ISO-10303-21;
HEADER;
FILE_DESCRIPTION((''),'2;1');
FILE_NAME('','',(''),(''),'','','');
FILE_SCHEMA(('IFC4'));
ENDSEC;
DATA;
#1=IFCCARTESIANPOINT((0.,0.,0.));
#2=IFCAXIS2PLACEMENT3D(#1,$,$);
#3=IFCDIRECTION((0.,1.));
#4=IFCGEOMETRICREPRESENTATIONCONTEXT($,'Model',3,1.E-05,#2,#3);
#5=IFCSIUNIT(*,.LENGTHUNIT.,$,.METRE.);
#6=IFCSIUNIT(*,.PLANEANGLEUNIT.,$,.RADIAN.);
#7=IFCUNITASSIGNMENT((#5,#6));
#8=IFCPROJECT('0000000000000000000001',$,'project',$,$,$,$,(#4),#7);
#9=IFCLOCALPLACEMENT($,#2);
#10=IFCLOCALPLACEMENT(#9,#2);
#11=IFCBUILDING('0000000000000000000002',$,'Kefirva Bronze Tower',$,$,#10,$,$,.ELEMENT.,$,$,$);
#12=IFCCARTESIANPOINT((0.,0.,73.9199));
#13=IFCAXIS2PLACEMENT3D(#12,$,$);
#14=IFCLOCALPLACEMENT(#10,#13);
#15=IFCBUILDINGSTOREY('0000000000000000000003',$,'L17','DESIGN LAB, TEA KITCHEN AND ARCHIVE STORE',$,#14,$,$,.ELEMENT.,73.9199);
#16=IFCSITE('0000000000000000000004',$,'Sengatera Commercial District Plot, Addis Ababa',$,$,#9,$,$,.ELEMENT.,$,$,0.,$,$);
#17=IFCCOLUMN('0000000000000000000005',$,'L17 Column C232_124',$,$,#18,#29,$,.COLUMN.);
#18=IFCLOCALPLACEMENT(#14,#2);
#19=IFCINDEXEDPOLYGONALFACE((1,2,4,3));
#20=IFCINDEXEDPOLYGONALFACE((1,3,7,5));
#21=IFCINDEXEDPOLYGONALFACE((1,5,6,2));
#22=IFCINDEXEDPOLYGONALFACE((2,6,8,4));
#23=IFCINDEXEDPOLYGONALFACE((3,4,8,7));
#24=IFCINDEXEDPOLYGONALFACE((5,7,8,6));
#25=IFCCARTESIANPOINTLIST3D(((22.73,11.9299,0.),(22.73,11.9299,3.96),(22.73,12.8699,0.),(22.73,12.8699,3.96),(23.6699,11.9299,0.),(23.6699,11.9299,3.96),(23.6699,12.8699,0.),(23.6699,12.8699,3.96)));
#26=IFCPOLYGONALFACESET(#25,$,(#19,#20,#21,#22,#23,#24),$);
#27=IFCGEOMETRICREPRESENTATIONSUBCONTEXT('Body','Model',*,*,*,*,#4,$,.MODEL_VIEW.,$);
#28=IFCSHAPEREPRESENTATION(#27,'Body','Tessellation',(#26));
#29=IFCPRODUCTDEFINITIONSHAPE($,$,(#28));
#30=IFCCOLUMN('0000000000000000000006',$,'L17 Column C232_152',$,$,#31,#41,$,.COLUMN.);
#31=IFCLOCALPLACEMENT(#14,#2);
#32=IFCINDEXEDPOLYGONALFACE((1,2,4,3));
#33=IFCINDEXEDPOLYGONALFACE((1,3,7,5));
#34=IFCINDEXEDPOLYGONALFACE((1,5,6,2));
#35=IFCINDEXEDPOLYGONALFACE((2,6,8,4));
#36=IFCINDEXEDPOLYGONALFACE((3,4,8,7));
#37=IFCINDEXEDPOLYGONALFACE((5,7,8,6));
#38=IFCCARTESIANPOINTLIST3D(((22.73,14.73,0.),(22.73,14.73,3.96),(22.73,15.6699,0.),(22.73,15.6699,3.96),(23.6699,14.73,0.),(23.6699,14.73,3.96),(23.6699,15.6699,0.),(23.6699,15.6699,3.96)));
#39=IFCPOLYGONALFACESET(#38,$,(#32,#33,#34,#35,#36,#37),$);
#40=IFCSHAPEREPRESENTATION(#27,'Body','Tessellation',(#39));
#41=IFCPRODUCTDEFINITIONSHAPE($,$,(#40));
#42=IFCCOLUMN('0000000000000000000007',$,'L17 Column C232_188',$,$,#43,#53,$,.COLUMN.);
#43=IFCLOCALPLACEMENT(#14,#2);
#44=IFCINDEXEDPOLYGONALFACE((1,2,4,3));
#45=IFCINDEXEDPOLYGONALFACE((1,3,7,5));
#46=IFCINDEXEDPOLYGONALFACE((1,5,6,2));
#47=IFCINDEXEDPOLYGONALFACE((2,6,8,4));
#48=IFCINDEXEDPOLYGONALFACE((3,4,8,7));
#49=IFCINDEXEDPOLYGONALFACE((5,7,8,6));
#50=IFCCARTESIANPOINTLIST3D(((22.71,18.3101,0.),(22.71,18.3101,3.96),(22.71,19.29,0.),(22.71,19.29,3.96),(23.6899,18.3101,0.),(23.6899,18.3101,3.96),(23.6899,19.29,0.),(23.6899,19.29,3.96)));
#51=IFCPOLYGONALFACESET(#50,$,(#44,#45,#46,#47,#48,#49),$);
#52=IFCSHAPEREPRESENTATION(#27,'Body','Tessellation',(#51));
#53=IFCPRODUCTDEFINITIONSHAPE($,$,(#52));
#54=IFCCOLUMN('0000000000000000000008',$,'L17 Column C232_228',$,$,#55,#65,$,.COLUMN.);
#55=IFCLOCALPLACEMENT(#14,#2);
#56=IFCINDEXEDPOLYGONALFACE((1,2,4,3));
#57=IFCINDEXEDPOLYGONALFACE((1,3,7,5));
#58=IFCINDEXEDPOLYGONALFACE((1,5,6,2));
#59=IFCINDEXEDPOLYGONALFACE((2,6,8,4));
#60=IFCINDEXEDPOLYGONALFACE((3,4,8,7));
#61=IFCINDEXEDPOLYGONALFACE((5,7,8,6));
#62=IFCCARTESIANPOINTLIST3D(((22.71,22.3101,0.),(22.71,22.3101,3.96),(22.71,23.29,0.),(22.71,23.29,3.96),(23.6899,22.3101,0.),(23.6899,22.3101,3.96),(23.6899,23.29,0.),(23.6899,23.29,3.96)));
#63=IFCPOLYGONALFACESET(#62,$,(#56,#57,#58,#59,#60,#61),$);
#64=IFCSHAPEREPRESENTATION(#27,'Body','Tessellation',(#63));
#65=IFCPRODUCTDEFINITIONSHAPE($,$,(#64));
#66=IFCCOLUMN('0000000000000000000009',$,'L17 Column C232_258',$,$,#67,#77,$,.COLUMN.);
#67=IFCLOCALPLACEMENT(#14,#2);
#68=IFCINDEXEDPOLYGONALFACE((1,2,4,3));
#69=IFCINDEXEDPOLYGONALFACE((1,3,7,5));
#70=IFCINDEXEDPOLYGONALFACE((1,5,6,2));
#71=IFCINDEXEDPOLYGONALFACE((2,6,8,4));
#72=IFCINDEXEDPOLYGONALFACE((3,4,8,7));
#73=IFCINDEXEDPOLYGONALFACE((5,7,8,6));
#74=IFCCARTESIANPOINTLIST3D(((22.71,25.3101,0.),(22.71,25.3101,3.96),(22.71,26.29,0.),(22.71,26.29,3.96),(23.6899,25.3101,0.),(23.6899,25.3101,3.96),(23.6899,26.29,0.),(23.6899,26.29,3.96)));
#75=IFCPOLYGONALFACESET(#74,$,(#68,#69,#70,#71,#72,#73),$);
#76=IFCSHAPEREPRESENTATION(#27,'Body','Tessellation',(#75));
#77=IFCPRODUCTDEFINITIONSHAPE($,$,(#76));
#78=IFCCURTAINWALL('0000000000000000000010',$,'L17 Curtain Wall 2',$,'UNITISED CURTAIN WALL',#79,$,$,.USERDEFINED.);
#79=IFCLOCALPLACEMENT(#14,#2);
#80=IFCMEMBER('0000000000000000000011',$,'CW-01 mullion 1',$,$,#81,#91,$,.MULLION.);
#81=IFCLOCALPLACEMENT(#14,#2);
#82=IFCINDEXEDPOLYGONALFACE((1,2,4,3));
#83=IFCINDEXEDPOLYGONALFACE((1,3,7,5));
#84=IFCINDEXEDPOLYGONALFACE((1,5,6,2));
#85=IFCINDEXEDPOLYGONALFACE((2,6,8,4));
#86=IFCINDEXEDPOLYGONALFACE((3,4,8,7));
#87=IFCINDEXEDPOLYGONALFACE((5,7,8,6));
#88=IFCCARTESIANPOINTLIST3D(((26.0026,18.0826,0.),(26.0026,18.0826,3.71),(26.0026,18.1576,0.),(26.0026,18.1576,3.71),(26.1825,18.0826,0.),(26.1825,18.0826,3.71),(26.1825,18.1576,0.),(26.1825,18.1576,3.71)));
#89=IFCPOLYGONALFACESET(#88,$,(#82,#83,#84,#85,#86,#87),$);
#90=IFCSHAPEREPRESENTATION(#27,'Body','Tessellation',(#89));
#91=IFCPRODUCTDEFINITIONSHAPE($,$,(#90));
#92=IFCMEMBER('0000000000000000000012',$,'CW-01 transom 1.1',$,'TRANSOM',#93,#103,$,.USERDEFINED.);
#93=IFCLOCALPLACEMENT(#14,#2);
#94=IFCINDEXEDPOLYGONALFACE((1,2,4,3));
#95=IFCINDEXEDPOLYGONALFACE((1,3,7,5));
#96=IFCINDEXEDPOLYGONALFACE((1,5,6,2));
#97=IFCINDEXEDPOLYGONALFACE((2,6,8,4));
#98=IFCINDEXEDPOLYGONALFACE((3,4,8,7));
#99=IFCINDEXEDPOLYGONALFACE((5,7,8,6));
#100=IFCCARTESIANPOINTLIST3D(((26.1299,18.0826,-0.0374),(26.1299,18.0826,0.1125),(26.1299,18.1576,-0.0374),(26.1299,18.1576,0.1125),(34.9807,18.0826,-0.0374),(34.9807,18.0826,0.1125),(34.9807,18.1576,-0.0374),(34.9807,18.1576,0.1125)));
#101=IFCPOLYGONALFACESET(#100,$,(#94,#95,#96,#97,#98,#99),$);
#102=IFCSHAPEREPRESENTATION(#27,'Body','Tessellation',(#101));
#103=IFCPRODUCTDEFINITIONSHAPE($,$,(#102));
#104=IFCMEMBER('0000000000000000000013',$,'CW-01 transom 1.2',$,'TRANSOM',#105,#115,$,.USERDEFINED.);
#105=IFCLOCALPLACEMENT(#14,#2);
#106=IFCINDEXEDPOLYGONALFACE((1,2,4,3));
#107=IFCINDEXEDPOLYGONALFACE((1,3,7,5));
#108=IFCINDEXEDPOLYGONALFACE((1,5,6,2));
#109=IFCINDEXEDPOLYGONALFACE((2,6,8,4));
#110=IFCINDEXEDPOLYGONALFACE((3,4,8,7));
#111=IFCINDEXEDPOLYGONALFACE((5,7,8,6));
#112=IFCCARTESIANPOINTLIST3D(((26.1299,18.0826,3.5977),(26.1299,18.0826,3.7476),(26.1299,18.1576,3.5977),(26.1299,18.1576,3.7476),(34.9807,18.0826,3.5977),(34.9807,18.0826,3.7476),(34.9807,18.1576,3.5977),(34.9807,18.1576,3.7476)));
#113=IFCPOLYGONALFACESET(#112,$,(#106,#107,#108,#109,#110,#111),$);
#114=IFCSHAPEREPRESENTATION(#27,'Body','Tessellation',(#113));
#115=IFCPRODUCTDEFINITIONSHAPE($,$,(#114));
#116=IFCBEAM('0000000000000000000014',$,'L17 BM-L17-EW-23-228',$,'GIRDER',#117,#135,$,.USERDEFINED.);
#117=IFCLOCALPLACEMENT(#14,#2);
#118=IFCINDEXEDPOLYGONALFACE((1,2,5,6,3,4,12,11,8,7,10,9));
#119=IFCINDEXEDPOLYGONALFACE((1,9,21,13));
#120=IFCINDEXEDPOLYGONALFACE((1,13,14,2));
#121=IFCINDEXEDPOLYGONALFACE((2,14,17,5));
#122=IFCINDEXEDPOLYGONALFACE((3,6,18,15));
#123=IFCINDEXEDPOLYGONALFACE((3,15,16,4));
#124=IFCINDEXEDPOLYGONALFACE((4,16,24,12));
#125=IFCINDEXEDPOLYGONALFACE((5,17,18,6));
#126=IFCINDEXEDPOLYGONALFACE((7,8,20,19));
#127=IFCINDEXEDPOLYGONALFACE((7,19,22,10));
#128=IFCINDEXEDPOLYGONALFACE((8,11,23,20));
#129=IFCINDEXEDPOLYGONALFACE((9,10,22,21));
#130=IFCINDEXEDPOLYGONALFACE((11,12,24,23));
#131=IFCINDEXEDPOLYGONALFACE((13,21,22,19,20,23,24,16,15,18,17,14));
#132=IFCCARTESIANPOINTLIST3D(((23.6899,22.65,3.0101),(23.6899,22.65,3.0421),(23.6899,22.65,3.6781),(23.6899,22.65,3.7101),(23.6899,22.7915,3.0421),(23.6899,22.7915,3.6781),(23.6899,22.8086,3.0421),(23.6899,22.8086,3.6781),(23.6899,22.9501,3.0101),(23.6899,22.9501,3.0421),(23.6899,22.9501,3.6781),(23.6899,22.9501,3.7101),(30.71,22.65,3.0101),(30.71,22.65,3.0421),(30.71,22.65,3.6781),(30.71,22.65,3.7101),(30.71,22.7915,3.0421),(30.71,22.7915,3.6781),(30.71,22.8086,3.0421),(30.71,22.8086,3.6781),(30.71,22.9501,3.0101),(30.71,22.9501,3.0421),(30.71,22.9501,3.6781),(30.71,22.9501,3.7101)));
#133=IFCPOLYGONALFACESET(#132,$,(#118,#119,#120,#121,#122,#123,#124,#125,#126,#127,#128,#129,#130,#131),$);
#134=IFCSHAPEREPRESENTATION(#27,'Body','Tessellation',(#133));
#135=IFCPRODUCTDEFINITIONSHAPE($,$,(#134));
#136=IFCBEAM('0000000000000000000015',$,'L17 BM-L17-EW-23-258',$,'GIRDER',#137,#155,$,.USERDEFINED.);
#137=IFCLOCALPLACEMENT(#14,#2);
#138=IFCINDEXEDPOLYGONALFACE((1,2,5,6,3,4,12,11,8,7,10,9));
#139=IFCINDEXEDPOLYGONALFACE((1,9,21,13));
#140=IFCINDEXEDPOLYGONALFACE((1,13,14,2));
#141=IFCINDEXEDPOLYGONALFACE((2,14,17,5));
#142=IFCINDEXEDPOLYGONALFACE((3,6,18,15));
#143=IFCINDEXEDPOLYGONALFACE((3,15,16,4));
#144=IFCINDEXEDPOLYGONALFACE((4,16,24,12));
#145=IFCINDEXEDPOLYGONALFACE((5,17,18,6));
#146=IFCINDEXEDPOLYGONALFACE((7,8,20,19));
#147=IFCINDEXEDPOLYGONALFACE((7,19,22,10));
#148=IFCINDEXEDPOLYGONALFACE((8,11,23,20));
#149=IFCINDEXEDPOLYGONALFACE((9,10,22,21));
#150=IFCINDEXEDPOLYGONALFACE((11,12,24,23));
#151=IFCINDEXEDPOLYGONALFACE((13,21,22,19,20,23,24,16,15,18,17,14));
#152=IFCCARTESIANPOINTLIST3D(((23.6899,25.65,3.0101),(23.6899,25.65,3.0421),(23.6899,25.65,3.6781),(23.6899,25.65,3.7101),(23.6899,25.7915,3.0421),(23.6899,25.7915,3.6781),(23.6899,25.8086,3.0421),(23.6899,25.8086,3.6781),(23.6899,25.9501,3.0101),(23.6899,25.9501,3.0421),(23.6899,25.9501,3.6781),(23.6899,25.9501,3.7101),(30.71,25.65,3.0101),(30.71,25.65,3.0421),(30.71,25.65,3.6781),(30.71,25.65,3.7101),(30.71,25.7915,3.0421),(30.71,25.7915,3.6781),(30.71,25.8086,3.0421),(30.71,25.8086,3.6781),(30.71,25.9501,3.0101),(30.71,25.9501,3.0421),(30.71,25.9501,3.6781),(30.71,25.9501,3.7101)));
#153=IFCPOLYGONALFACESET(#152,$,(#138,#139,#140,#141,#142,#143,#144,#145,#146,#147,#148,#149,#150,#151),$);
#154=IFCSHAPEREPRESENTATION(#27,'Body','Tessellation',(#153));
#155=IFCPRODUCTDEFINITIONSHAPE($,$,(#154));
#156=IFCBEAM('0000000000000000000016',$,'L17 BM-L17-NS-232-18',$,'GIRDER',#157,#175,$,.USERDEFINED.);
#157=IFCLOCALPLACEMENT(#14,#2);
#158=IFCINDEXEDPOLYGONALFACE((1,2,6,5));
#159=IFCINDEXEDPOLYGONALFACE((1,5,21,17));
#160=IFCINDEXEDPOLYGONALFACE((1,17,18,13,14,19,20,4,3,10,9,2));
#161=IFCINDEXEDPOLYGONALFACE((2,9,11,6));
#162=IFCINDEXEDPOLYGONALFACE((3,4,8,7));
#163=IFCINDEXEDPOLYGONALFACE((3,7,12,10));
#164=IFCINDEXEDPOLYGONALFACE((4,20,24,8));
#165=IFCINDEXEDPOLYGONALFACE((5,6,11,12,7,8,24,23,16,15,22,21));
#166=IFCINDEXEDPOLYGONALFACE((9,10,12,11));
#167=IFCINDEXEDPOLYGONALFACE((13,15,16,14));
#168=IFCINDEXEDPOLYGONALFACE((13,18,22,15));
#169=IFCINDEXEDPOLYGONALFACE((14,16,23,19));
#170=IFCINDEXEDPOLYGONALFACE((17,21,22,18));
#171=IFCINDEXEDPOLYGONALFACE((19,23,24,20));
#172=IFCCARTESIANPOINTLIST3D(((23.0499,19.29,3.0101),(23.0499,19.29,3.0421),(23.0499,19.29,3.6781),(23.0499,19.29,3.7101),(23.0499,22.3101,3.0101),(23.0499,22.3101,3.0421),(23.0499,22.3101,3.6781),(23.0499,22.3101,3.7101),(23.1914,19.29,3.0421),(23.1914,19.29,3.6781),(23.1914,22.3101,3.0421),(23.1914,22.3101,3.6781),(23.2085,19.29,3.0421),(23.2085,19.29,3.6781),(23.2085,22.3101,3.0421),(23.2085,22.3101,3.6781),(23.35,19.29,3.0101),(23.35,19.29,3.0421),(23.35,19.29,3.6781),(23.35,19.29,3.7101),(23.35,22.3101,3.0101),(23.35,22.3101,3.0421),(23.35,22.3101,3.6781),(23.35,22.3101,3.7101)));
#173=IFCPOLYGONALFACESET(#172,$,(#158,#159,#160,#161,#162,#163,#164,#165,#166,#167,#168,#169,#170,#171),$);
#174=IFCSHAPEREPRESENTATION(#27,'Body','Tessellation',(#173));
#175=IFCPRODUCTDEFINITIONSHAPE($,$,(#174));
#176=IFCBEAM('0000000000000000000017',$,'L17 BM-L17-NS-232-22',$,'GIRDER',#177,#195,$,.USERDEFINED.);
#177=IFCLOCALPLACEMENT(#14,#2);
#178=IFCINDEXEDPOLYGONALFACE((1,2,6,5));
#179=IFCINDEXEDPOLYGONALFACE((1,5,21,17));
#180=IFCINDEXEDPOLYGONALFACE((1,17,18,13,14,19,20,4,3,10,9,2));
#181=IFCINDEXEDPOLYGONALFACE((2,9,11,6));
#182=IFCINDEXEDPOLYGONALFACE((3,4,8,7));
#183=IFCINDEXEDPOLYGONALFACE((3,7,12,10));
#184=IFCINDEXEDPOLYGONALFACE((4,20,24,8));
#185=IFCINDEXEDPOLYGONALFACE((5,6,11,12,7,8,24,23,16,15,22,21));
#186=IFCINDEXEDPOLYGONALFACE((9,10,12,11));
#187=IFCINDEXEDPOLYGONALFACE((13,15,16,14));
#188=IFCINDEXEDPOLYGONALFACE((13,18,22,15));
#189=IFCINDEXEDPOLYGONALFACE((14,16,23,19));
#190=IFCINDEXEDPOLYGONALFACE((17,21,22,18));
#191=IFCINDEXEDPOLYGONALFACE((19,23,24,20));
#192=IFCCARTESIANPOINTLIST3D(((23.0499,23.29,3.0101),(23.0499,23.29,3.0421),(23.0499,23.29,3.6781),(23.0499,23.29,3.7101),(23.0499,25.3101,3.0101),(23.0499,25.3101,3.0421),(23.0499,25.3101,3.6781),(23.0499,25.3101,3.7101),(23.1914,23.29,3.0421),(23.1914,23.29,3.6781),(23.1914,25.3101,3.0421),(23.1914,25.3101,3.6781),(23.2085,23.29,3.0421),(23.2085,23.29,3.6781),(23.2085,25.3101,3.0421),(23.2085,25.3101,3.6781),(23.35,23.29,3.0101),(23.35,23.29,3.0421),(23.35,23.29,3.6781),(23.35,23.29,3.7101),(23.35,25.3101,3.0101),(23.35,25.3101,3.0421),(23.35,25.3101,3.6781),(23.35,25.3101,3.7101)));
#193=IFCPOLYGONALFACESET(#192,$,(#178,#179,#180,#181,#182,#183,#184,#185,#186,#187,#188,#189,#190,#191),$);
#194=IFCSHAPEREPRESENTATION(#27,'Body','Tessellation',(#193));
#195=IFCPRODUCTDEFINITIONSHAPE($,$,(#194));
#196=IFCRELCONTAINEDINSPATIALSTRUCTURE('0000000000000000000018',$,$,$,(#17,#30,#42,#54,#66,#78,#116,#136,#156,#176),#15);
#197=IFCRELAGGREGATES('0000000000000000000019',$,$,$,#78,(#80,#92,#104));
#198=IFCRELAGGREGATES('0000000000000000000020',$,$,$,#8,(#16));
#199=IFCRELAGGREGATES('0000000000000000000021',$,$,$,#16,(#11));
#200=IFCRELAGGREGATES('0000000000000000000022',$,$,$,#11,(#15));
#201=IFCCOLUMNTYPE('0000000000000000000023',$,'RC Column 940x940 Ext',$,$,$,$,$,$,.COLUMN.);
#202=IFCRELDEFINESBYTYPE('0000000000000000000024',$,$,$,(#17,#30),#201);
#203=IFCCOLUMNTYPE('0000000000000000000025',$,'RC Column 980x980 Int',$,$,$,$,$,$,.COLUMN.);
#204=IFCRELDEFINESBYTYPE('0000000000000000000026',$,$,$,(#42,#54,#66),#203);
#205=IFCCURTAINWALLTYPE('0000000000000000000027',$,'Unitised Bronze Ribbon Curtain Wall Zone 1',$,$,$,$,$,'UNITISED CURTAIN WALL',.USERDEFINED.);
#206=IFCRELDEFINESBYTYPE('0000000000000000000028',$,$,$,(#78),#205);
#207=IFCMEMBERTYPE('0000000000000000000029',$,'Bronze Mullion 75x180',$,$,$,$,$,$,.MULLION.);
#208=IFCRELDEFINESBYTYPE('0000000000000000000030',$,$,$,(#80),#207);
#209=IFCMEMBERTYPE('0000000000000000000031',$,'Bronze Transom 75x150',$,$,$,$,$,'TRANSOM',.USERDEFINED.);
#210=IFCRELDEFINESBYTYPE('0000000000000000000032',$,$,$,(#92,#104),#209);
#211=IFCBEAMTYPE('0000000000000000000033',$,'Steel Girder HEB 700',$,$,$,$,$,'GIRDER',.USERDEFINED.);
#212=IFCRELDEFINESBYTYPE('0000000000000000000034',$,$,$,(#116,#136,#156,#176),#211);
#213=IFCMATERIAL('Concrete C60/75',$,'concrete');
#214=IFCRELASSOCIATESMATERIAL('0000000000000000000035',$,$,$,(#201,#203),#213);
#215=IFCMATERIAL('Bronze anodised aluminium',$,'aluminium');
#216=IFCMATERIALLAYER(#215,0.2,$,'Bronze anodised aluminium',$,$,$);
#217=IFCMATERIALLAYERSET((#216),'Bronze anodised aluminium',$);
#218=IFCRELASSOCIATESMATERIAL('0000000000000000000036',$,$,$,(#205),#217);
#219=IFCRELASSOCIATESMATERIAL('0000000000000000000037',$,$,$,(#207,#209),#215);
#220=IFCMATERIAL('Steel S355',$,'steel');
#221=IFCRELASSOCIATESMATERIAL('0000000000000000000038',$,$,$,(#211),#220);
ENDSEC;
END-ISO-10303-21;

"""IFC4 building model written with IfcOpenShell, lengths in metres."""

from ifc_helpers import new_model, si_unit, direction, frame, origin, origin_2d, place, context, subcontext, project, spatial, rectangle, i_section, extrude, material, layer, layer_set, material_profile, profile_set, type_object, element, aggregate, save


model = new_model("IFC4")

# Units and contexts
model_context = context("Model", 3, precision=1e-05, world=origin(), true_north=direction((0.0, 1.0)))
body_context = subcontext(model_context, "Body", "Model", "MODEL_VIEW")
ifc_project = project(units=[si_unit("LENGTHUNIT", "METRE"), si_unit("PLANEANGLEUNIT", "RADIAN")], contexts=[model_context])

# Site, building, storey
site_placement = place(None, origin())
site = spatial("IfcSite", under=ifc_project, at=site_placement, Name="Sengatera Commercial District Plot, Addis Ababa", CompositionType="ELEMENT", RefElevation=0.0)
building_placement = place(site_placement, origin())
building = spatial("IfcBuilding", under=site, at=building_placement, Name="Kefirva Bronze Tower", CompositionType="ELEMENT")
storey_placement = place(building_placement, frame((0.0, 0.0, 73.9199)))
storey = spatial("IfcBuildingStorey", under=building, at=storey_placement, Name="L17", Description="DESIGN LAB, TEA KITCHEN AND ARCHIVE STORE", CompositionType="ELEMENT", Elevation=73.9199)

# Columns
ifc_material_1 = material(Name="Concrete C60/75", Category="concrete")
ifc_material_profile_1 = material_profile(ifc_material_1, rectangle(XDim=0.9399, YDim=0.9399, at=origin_2d()), Name="RC 940x940")
ifc_profile_set_1 = profile_set([ifc_material_profile_1], Name="Concrete C60/75")
column_type_1 = type_object("IfcColumnType", Name="RC Column 940x940 Ext", PredefinedType="COLUMN", material=ifc_profile_set_1)
for number, where, z_axis, x_axis, name in (
    (1, (23.2, 12.3999, 0.0), (0.0, 0.0, 1.0), (1.0, 0.0, 0.0), "L17 Column C232_124"),
    (2, (23.2, 15.2, 0.0), (0.0, 0.0, 1.0), (1.0, 0.0, 0.0), "L17 Column C232_152"),
):
    element("IfcColumn", number, at=place(storey_placement, frame(where, z_axis=z_axis, x_axis=x_axis)), inside=storey, type_object=column_type_1, Name=name, PredefinedType="COLUMN", context=body_context, shape_type="SweptSolid", body=[
        extrude(rectangle(XDim=0.9399, YDim=0.9399, at=origin_2d()), origin(), (0.0, 0.0, 1.0), 3.96),
    ])
ifc_material_profile_2 = material_profile(ifc_material_1, rectangle(XDim=0.98, YDim=0.98, at=origin_2d()), Name="RC 980x980")
ifc_profile_set_2 = profile_set([ifc_material_profile_2], Name="Concrete C60/75")
column_type_2 = type_object("IfcColumnType", Name="RC Column 980x980 Int", PredefinedType="COLUMN", material=ifc_profile_set_2)
for number, where, z_axis, x_axis, name in (
    (3, (23.2, 18.8, 0.0), (0.0, 0.0, 1.0), (1.0, 0.0, 0.0), "L17 Column C232_188"),
    (4, (23.2, 22.8, 0.0), (0.0, 0.0, 1.0), (1.0, 0.0, 0.0), "L17 Column C232_228"),
    (5, (23.2, 25.8, 0.0), (0.0, 0.0, 1.0), (1.0, 0.0, 0.0), "L17 Column C232_258"),
):
    element("IfcColumn", number, at=place(storey_placement, frame(where, z_axis=z_axis, x_axis=x_axis)), inside=storey, type_object=column_type_2, Name=name, PredefinedType="COLUMN", context=body_context, shape_type="SweptSolid", body=[
        extrude(rectangle(XDim=0.98, YDim=0.98, at=origin_2d()), origin(), (0.0, 0.0, 1.0), 3.96),
    ])

# Curtain wall, members
ifc_material_2 = material(Name="Bronze anodised aluminium", Category="aluminium")
ifc_layer_1 = layer(ifc_material_2, 0.2, Name="Bronze anodised aluminium")
ifc_layer_set_1 = layer_set([ifc_layer_1], Name="Bronze anodised aluminium")
curtain_wall_type = type_object("IfcCurtainWallType", Name="Unitised Bronze Ribbon Curtain Wall Zone 1", ElementType="UNITISED CURTAIN WALL", PredefinedType="USERDEFINED", material=ifc_layer_set_1)
curtain_wall_placement = place(storey_placement, origin())
curtain_wall = element("IfcCurtainWall", 6, at=curtain_wall_placement, inside=storey, type_object=curtain_wall_type, Name="L17 Curtain Wall 2", ObjectType="UNITISED CURTAIN WALL", PredefinedType="USERDEFINED")
ifc_material_profile_3 = material_profile(ifc_material_2, rectangle(XDim=0.075, YDim=0.1799, at=origin_2d()), Name="ALU 75x180")
ifc_profile_set_3 = profile_set([ifc_material_profile_3], Name="Bronze anodised aluminium")
member_type_1 = type_object("IfcMemberType", Name="Bronze Mullion 75x180", PredefinedType="MULLION", material=ifc_profile_set_3)
member_1_placement = place(storey_placement, frame((26.0925, 18.1201, 0.0), z_axis=(0.0, 0.0, 1.0), x_axis=(0.0, 1.0, 0.0)))
member_1 = element("IfcMember", 7, at=member_1_placement, type_object=member_type_1, Name="CW-01 mullion 1", PredefinedType="MULLION", context=body_context, shape_type="SweptSolid", body=[
    extrude(rectangle(XDim=0.075, YDim=0.1799, at=origin_2d()), origin(), (0.0, 0.0, 1.0), 3.71),
])
ifc_material_profile_4 = material_profile(ifc_material_2, rectangle(XDim=0.075, YDim=0.1499, at=origin_2d()), Name="ALU 75x150")
ifc_profile_set_4 = profile_set([ifc_material_profile_4], Name="Bronze anodised aluminium")
member_type_2 = type_object("IfcMemberType", Name="Bronze Transom 75x150", ElementType="TRANSOM", PredefinedType="USERDEFINED", material=ifc_profile_set_4)
member_2_placement = place(storey_placement, frame((26.1299, 18.1201, 0.0376), z_axis=(1.0, 0.0, 0.0), x_axis=(0.0, 1.0, 0.0)))
member_2 = element("IfcMember", 8, at=member_2_placement, type_object=member_type_2, Name="CW-01 transom 1.1", ObjectType="TRANSOM", PredefinedType="USERDEFINED", context=body_context, shape_type="SweptSolid", body=[
    extrude(rectangle(XDim=0.075, YDim=0.1499, at=origin_2d()), origin(), (0.0, 0.0, 1.0), 8.8508),
])
member_3_placement = place(storey_placement, frame((26.1299, 18.1201, 3.6726), z_axis=(1.0, 0.0, 0.0), x_axis=(0.0, 1.0, 0.0)))
member_3 = element("IfcMember", 9, at=member_3_placement, type_object=member_type_2, Name="CW-01 transom 1.2", ObjectType="TRANSOM", PredefinedType="USERDEFINED", context=body_context, shape_type="SweptSolid", body=[
    extrude(rectangle(XDim=0.075, YDim=0.1499, at=origin_2d()), origin(), (0.0, 0.0, 1.0), 8.8508),
])

# Beams
ifc_material_3 = material(Name="Steel S355", Category="steel")
ifc_material_profile_5 = material_profile(ifc_material_3, i_section(OverallWidth=0.3, OverallDepth=0.7, WebThickness=0.0171, FlangeThickness=0.032, at=origin_2d()), Name="HEB 700")
ifc_profile_set_5 = profile_set([ifc_material_profile_5], Name="Steel S355")
beam_type_1 = type_object("IfcBeamType", Name="Steel Girder HEB 700", ElementType="GIRDER", PredefinedType="USERDEFINED", material=ifc_profile_set_5)
for number, where, z_axis, x_axis, name in (
    (10, (23.6899, 22.8, 3.3601), (1.0, 0.0, 0.0), (0.0, 1.0, 0.0), "L17 BM-L17-EW-23-228"),
    (11, (23.6899, 25.8, 3.3601), (1.0, 0.0, 0.0), (0.0, 1.0, 0.0), "L17 BM-L17-EW-23-258"),
):
    element("IfcBeam", number, at=place(storey_placement, frame(where, z_axis=z_axis, x_axis=x_axis)), inside=storey, type_object=beam_type_1, Name=name, ObjectType="GIRDER", PredefinedType="USERDEFINED", context=body_context, shape_type="SweptSolid", body=[
        extrude(i_section(OverallWidth=0.3, OverallDepth=0.7, WebThickness=0.0171, FlangeThickness=0.032, at=origin_2d()), origin(), (0.0, 0.0, 1.0), 7.02),
    ])
beam_1_placement = place(storey_placement, frame((23.2, 19.29, 3.3601), z_axis=(0.0, 1.0, 0.0), x_axis=(-1.0, 0.0, 0.0)))
element("IfcBeam", 12, at=beam_1_placement, inside=storey, type_object=beam_type_1, Name="L17 BM-L17-NS-232-18", ObjectType="GIRDER", PredefinedType="USERDEFINED", context=body_context, shape_type="SweptSolid", body=[
    extrude(i_section(OverallWidth=0.3, OverallDepth=0.7, WebThickness=0.0171, FlangeThickness=0.032, at=origin_2d()), origin(), (0.0, 0.0, 1.0), 3.02),
])
beam_2_placement = place(storey_placement, frame((23.2, 23.29, 3.3601), z_axis=(0.0, 1.0, 0.0), x_axis=(-1.0, 0.0, 0.0)))
element("IfcBeam", 13, at=beam_2_placement, inside=storey, type_object=beam_type_1, Name="L17 BM-L17-NS-232-22", ObjectType="GIRDER", PredefinedType="USERDEFINED", context=body_context, shape_type="SweptSolid", body=[
    extrude(i_section(OverallWidth=0.3, OverallDepth=0.7, WebThickness=0.0171, FlangeThickness=0.032, at=origin_2d()), origin(), (0.0, 0.0, 1.0), 2.02),
])

aggregate(curtain_wall, [member_1, member_2, member_3])

save(model, "model.ifc")
